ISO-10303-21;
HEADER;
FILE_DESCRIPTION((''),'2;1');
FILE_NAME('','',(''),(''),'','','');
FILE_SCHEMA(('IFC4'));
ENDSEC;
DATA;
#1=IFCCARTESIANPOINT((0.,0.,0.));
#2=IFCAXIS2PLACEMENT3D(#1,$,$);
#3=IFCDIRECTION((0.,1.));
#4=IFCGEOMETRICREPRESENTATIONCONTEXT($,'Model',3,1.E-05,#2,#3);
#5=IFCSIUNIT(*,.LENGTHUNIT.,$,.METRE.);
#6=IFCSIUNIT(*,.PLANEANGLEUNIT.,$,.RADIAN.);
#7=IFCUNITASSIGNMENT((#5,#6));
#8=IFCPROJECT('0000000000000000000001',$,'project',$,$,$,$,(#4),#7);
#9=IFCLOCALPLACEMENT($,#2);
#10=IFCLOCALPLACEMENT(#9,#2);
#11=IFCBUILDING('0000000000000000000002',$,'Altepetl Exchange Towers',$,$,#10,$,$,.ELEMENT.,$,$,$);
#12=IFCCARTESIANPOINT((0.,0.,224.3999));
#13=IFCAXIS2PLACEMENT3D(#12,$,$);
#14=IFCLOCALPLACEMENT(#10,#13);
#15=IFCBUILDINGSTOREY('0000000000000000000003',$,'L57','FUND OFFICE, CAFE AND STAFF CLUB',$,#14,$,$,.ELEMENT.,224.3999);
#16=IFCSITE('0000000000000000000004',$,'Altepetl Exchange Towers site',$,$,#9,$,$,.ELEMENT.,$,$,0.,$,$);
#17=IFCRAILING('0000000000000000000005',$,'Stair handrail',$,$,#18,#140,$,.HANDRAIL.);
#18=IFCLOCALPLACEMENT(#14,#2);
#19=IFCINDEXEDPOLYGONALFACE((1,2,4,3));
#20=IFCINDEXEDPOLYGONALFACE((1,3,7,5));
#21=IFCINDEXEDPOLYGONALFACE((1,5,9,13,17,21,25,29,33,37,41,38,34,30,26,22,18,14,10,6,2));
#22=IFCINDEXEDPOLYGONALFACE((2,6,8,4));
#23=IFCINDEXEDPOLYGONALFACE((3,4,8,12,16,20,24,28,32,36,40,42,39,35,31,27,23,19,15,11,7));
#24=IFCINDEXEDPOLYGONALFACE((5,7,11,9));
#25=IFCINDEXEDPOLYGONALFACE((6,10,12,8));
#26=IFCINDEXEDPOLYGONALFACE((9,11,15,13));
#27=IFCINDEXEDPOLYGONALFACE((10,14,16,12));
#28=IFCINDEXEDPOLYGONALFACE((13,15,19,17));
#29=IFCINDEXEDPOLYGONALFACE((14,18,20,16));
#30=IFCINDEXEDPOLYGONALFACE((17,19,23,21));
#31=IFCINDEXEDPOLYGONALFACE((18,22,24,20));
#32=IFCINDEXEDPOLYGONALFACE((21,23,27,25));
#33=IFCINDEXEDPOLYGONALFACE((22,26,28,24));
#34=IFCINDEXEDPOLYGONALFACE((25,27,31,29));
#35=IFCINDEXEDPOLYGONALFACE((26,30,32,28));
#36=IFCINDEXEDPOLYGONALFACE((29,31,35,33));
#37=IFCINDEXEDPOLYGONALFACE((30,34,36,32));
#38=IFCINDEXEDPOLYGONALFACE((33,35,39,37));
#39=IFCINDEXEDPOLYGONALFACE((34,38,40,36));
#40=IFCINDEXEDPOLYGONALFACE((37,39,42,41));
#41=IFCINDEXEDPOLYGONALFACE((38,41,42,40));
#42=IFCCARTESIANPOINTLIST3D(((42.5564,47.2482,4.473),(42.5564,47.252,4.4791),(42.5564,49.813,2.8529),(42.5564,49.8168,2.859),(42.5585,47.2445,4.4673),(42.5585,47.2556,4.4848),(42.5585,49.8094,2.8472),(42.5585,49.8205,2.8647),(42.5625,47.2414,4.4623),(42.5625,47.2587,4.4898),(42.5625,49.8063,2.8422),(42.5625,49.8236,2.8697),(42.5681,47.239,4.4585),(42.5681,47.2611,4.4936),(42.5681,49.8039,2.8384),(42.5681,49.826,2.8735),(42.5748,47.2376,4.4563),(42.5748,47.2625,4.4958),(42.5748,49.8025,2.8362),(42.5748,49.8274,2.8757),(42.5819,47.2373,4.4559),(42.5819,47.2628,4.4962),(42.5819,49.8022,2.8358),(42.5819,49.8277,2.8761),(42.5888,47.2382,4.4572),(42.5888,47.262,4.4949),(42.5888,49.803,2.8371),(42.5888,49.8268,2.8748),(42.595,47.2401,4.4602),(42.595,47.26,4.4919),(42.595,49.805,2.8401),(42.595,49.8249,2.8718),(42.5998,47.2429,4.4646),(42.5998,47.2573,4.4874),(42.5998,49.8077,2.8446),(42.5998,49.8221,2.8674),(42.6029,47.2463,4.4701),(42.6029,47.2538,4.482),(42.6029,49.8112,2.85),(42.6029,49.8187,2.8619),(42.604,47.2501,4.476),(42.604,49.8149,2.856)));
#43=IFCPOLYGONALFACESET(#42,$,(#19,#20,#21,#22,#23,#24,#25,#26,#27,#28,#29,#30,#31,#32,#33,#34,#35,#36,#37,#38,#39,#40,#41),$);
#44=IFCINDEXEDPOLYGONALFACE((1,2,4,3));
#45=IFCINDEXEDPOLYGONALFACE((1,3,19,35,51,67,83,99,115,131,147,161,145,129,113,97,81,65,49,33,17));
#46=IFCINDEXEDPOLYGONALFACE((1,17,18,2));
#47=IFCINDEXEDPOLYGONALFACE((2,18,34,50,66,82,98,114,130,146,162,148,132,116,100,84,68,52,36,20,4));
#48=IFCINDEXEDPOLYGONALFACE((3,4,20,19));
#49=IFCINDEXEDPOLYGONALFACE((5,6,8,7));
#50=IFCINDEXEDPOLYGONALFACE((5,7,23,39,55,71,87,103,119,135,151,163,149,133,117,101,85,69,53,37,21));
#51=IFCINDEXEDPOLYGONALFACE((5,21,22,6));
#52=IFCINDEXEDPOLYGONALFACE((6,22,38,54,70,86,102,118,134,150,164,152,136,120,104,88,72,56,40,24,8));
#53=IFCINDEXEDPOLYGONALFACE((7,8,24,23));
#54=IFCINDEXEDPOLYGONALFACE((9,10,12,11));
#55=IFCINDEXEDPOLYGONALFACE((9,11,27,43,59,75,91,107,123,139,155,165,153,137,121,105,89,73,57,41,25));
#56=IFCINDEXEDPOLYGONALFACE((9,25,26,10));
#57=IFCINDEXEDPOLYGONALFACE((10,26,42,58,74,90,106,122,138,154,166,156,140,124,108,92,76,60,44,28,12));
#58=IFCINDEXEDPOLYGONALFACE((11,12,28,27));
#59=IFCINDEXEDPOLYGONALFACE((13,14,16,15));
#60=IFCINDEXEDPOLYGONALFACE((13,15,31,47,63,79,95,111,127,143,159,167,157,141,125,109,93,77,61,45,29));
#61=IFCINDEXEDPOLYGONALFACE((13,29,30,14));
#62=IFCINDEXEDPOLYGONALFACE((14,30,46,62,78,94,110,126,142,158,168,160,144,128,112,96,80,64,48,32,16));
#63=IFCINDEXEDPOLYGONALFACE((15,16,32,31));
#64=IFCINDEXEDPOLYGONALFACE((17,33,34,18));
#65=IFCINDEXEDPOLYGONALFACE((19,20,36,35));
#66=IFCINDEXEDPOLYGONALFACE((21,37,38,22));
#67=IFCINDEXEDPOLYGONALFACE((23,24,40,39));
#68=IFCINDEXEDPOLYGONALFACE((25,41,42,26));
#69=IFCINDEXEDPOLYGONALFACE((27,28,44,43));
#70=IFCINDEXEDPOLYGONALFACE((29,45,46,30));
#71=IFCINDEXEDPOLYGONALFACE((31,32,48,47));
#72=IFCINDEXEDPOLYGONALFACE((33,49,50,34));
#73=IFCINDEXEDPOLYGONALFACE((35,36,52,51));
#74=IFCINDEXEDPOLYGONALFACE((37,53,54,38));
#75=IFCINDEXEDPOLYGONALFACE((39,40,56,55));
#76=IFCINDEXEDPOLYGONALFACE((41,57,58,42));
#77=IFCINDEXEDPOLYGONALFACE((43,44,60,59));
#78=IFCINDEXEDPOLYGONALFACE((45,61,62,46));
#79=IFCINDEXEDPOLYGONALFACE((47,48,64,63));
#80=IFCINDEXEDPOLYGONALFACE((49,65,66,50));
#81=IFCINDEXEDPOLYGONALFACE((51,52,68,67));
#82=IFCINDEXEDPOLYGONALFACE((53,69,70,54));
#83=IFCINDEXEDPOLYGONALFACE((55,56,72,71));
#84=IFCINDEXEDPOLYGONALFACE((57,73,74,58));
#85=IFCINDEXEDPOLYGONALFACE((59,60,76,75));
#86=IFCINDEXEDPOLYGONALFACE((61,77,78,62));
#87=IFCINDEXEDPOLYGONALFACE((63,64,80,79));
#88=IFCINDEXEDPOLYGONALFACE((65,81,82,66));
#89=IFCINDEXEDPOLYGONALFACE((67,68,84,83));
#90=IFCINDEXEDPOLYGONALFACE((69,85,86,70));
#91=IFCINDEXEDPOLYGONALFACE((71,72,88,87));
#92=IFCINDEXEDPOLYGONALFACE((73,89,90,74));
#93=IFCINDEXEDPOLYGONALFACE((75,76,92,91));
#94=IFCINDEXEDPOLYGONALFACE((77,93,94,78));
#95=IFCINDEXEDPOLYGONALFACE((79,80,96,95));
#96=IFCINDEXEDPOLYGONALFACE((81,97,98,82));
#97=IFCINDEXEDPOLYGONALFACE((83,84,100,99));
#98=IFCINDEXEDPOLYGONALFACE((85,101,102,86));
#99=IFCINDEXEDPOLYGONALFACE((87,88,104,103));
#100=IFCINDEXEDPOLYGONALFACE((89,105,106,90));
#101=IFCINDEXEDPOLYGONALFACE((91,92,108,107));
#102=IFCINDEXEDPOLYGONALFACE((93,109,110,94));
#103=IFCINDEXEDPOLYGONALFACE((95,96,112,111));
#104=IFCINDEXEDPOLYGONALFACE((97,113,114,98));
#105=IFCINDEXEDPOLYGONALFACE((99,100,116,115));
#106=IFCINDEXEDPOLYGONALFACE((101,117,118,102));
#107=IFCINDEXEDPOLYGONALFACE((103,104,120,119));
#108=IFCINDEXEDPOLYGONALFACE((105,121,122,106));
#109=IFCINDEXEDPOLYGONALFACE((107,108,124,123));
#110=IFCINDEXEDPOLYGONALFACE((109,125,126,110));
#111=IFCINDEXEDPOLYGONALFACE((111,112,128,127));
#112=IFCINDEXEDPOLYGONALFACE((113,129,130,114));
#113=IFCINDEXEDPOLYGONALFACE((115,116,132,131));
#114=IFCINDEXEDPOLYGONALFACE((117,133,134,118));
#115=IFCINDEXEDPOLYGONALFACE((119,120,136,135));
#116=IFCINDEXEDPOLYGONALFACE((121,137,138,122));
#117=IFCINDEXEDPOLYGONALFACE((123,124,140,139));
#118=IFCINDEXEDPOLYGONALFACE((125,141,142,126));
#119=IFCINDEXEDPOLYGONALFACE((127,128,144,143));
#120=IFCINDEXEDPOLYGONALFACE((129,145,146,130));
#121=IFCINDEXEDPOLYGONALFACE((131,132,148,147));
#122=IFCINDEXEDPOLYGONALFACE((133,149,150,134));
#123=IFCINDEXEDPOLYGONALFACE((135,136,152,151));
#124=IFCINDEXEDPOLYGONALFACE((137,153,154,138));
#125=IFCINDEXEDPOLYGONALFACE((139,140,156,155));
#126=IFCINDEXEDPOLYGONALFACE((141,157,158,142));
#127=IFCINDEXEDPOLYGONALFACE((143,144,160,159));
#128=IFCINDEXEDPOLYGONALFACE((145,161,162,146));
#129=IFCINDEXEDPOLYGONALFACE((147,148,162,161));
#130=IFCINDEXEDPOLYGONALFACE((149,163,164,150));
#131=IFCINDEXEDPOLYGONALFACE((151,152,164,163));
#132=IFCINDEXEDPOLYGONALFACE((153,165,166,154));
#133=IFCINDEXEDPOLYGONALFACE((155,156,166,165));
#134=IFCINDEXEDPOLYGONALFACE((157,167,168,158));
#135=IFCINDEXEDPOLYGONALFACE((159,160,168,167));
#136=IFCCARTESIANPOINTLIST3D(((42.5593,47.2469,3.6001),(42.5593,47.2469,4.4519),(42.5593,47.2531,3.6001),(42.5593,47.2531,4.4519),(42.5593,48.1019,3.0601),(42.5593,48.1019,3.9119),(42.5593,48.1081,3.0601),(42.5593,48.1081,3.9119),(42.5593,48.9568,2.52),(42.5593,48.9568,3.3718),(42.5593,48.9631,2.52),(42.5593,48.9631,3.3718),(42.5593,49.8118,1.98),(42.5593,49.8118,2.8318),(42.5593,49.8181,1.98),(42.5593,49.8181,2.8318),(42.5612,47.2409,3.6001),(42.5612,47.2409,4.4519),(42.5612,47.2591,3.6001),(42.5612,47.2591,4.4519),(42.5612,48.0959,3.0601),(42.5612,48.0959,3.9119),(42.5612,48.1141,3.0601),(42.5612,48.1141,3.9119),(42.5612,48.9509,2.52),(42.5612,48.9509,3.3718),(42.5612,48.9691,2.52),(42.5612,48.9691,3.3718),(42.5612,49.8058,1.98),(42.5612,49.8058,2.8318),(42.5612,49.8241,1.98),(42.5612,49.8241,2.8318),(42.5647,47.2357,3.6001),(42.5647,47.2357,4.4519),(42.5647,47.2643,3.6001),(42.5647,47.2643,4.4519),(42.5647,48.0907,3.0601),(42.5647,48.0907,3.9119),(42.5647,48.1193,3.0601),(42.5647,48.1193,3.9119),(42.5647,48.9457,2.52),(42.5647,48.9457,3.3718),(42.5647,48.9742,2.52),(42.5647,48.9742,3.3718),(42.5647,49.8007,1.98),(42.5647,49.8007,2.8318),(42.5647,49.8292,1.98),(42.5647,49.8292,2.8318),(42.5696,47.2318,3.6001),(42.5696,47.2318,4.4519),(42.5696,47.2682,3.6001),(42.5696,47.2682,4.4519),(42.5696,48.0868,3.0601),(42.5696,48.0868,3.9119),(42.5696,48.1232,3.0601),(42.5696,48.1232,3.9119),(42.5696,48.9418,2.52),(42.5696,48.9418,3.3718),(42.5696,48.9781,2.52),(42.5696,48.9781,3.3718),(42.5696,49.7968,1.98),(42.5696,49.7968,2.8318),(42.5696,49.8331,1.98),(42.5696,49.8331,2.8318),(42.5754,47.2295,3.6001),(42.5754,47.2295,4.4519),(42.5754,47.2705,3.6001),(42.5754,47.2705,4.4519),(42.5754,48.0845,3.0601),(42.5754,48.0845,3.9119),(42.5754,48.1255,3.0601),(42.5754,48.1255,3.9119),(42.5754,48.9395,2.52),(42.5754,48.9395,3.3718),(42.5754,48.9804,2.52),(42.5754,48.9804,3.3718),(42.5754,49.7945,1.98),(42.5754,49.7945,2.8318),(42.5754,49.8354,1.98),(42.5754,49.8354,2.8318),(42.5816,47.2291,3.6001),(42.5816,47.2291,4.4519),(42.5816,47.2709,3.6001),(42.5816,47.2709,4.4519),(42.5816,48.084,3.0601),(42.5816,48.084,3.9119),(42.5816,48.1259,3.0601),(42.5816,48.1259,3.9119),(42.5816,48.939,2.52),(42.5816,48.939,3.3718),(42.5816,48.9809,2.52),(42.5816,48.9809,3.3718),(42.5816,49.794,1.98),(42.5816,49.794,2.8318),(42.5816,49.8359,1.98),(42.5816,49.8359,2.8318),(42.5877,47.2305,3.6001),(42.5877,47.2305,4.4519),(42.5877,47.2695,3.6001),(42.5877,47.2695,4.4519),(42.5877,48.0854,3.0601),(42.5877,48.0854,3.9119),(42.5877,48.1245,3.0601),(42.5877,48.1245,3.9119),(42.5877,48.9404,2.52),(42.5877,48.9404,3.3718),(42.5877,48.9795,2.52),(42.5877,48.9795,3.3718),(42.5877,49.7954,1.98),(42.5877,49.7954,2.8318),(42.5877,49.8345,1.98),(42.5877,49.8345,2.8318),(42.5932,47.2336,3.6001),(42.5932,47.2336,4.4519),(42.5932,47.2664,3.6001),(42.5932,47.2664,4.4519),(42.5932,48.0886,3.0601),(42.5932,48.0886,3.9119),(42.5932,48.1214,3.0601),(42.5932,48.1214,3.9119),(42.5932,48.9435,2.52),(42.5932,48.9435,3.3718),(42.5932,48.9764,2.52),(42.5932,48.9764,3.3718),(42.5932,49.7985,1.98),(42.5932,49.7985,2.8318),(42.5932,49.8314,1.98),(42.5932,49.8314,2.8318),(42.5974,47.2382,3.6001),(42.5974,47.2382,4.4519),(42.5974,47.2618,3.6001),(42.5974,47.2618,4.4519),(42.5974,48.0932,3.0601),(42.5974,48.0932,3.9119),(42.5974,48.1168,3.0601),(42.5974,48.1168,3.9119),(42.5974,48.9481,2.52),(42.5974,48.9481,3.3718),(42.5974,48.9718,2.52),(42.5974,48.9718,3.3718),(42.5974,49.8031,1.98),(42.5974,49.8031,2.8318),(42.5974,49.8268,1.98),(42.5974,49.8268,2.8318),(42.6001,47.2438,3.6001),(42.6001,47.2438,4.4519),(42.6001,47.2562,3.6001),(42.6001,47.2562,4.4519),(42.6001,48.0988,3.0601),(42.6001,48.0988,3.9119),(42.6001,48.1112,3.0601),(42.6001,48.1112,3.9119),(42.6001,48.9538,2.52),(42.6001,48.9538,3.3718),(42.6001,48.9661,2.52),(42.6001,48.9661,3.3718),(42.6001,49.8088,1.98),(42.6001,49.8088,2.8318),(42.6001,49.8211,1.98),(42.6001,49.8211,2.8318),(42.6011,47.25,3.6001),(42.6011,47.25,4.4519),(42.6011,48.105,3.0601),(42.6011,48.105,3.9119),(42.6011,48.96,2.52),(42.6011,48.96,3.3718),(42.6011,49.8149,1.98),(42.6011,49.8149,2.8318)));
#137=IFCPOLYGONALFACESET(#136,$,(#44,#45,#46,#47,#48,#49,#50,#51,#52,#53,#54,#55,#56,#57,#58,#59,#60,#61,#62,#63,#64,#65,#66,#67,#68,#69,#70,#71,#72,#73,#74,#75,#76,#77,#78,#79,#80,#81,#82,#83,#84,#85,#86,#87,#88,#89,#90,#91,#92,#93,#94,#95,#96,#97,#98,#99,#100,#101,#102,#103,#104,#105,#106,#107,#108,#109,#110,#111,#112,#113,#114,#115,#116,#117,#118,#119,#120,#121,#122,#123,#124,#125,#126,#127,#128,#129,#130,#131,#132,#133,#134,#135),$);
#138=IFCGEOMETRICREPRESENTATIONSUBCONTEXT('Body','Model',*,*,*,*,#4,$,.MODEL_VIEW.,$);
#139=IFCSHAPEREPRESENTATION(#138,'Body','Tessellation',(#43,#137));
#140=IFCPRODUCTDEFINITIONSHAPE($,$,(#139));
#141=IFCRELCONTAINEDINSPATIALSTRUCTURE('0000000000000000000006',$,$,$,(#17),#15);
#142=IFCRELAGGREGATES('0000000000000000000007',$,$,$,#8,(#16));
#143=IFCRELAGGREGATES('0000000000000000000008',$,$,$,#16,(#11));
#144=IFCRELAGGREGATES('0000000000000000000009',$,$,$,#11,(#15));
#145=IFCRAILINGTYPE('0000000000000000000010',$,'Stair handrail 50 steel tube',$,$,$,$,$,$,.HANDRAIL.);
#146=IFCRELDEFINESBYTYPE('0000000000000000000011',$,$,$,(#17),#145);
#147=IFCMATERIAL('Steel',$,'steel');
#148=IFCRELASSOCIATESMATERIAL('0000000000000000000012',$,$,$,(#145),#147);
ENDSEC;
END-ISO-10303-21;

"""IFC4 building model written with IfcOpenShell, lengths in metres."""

from ifc_helpers import new_model, si_unit, direction, frame, origin, origin_2d, place, context, subcontext, project, spatial, circle, extrude, source, transform, mapped, material, type_object, element, save


model = new_model("IFC4")

# Units and contexts
model_context = context("Model", 3, precision=1e-05, world=origin(), true_north=direction((0.0, 1.0)))
body_context = subcontext(model_context, "Body", "Model", "MODEL_VIEW")
ifc_project = project(units=[si_unit("LENGTHUNIT", "METRE"), si_unit("PLANEANGLEUNIT", "RADIAN")], contexts=[model_context])

# Site, building, storey
site_placement = place(None, origin())
site = spatial("IfcSite", under=ifc_project, at=site_placement, Name="Altepetl Exchange Towers site", CompositionType="ELEMENT", RefElevation=0.0)
building_placement = place(site_placement, origin())
building = spatial("IfcBuilding", under=site, at=building_placement, Name="Altepetl Exchange Towers", CompositionType="ELEMENT")
storey_placement = place(building_placement, frame((0.0, 0.0, 224.3999)))
storey = spatial("IfcBuildingStorey", under=building, at=storey_placement, Name="L57", Description="FUND OFFICE, CAFE AND STAFF CLUB", CompositionType="ELEMENT", Elevation=224.3999)

# Railing
ifc_material_1 = material(Name="Steel", Category="steel")
railing_type = type_object("IfcRailingType", Name="Stair handrail 50 steel tube", PredefinedType="HANDRAIL", material=ifc_material_1)
shared_shape = source(origin(), body_context, "Body", "SweptSolid", [
    extrude(circle(Radius=0.021, at=origin_2d()), origin(), (0.0, 0.0, 1.0), 0.8518),
])
railing_1_placement = place(storey_placement, frame((42.5801, 49.8149, 1.98)))
element("IfcRailing", 1, at=railing_1_placement, inside=storey, type_object=railing_type, Name="Stair handrail", PredefinedType="HANDRAIL", context=body_context, shape_type="SweptSolid", body=[
    extrude(circle(Radius=0.0239, at=origin_2d()), frame((0.0, 0.0, 0.876), z_axis=(0.0, -0.845466, 0.534029), x_axis=(1.0, 0.0, 0.0)), (0.0, 0.0, 1.0), 3.0337),
    mapped(shared_shape, transform((0.0, 0.0, 0.0))),
    mapped(shared_shape, transform((0.0, -0.855, 0.54))),
    mapped(shared_shape, transform((0.0, -1.71, 1.0801))),
    mapped(shared_shape, transform((0.0, -2.5649, 1.6201))),
])

save(model, "model.ifc")
